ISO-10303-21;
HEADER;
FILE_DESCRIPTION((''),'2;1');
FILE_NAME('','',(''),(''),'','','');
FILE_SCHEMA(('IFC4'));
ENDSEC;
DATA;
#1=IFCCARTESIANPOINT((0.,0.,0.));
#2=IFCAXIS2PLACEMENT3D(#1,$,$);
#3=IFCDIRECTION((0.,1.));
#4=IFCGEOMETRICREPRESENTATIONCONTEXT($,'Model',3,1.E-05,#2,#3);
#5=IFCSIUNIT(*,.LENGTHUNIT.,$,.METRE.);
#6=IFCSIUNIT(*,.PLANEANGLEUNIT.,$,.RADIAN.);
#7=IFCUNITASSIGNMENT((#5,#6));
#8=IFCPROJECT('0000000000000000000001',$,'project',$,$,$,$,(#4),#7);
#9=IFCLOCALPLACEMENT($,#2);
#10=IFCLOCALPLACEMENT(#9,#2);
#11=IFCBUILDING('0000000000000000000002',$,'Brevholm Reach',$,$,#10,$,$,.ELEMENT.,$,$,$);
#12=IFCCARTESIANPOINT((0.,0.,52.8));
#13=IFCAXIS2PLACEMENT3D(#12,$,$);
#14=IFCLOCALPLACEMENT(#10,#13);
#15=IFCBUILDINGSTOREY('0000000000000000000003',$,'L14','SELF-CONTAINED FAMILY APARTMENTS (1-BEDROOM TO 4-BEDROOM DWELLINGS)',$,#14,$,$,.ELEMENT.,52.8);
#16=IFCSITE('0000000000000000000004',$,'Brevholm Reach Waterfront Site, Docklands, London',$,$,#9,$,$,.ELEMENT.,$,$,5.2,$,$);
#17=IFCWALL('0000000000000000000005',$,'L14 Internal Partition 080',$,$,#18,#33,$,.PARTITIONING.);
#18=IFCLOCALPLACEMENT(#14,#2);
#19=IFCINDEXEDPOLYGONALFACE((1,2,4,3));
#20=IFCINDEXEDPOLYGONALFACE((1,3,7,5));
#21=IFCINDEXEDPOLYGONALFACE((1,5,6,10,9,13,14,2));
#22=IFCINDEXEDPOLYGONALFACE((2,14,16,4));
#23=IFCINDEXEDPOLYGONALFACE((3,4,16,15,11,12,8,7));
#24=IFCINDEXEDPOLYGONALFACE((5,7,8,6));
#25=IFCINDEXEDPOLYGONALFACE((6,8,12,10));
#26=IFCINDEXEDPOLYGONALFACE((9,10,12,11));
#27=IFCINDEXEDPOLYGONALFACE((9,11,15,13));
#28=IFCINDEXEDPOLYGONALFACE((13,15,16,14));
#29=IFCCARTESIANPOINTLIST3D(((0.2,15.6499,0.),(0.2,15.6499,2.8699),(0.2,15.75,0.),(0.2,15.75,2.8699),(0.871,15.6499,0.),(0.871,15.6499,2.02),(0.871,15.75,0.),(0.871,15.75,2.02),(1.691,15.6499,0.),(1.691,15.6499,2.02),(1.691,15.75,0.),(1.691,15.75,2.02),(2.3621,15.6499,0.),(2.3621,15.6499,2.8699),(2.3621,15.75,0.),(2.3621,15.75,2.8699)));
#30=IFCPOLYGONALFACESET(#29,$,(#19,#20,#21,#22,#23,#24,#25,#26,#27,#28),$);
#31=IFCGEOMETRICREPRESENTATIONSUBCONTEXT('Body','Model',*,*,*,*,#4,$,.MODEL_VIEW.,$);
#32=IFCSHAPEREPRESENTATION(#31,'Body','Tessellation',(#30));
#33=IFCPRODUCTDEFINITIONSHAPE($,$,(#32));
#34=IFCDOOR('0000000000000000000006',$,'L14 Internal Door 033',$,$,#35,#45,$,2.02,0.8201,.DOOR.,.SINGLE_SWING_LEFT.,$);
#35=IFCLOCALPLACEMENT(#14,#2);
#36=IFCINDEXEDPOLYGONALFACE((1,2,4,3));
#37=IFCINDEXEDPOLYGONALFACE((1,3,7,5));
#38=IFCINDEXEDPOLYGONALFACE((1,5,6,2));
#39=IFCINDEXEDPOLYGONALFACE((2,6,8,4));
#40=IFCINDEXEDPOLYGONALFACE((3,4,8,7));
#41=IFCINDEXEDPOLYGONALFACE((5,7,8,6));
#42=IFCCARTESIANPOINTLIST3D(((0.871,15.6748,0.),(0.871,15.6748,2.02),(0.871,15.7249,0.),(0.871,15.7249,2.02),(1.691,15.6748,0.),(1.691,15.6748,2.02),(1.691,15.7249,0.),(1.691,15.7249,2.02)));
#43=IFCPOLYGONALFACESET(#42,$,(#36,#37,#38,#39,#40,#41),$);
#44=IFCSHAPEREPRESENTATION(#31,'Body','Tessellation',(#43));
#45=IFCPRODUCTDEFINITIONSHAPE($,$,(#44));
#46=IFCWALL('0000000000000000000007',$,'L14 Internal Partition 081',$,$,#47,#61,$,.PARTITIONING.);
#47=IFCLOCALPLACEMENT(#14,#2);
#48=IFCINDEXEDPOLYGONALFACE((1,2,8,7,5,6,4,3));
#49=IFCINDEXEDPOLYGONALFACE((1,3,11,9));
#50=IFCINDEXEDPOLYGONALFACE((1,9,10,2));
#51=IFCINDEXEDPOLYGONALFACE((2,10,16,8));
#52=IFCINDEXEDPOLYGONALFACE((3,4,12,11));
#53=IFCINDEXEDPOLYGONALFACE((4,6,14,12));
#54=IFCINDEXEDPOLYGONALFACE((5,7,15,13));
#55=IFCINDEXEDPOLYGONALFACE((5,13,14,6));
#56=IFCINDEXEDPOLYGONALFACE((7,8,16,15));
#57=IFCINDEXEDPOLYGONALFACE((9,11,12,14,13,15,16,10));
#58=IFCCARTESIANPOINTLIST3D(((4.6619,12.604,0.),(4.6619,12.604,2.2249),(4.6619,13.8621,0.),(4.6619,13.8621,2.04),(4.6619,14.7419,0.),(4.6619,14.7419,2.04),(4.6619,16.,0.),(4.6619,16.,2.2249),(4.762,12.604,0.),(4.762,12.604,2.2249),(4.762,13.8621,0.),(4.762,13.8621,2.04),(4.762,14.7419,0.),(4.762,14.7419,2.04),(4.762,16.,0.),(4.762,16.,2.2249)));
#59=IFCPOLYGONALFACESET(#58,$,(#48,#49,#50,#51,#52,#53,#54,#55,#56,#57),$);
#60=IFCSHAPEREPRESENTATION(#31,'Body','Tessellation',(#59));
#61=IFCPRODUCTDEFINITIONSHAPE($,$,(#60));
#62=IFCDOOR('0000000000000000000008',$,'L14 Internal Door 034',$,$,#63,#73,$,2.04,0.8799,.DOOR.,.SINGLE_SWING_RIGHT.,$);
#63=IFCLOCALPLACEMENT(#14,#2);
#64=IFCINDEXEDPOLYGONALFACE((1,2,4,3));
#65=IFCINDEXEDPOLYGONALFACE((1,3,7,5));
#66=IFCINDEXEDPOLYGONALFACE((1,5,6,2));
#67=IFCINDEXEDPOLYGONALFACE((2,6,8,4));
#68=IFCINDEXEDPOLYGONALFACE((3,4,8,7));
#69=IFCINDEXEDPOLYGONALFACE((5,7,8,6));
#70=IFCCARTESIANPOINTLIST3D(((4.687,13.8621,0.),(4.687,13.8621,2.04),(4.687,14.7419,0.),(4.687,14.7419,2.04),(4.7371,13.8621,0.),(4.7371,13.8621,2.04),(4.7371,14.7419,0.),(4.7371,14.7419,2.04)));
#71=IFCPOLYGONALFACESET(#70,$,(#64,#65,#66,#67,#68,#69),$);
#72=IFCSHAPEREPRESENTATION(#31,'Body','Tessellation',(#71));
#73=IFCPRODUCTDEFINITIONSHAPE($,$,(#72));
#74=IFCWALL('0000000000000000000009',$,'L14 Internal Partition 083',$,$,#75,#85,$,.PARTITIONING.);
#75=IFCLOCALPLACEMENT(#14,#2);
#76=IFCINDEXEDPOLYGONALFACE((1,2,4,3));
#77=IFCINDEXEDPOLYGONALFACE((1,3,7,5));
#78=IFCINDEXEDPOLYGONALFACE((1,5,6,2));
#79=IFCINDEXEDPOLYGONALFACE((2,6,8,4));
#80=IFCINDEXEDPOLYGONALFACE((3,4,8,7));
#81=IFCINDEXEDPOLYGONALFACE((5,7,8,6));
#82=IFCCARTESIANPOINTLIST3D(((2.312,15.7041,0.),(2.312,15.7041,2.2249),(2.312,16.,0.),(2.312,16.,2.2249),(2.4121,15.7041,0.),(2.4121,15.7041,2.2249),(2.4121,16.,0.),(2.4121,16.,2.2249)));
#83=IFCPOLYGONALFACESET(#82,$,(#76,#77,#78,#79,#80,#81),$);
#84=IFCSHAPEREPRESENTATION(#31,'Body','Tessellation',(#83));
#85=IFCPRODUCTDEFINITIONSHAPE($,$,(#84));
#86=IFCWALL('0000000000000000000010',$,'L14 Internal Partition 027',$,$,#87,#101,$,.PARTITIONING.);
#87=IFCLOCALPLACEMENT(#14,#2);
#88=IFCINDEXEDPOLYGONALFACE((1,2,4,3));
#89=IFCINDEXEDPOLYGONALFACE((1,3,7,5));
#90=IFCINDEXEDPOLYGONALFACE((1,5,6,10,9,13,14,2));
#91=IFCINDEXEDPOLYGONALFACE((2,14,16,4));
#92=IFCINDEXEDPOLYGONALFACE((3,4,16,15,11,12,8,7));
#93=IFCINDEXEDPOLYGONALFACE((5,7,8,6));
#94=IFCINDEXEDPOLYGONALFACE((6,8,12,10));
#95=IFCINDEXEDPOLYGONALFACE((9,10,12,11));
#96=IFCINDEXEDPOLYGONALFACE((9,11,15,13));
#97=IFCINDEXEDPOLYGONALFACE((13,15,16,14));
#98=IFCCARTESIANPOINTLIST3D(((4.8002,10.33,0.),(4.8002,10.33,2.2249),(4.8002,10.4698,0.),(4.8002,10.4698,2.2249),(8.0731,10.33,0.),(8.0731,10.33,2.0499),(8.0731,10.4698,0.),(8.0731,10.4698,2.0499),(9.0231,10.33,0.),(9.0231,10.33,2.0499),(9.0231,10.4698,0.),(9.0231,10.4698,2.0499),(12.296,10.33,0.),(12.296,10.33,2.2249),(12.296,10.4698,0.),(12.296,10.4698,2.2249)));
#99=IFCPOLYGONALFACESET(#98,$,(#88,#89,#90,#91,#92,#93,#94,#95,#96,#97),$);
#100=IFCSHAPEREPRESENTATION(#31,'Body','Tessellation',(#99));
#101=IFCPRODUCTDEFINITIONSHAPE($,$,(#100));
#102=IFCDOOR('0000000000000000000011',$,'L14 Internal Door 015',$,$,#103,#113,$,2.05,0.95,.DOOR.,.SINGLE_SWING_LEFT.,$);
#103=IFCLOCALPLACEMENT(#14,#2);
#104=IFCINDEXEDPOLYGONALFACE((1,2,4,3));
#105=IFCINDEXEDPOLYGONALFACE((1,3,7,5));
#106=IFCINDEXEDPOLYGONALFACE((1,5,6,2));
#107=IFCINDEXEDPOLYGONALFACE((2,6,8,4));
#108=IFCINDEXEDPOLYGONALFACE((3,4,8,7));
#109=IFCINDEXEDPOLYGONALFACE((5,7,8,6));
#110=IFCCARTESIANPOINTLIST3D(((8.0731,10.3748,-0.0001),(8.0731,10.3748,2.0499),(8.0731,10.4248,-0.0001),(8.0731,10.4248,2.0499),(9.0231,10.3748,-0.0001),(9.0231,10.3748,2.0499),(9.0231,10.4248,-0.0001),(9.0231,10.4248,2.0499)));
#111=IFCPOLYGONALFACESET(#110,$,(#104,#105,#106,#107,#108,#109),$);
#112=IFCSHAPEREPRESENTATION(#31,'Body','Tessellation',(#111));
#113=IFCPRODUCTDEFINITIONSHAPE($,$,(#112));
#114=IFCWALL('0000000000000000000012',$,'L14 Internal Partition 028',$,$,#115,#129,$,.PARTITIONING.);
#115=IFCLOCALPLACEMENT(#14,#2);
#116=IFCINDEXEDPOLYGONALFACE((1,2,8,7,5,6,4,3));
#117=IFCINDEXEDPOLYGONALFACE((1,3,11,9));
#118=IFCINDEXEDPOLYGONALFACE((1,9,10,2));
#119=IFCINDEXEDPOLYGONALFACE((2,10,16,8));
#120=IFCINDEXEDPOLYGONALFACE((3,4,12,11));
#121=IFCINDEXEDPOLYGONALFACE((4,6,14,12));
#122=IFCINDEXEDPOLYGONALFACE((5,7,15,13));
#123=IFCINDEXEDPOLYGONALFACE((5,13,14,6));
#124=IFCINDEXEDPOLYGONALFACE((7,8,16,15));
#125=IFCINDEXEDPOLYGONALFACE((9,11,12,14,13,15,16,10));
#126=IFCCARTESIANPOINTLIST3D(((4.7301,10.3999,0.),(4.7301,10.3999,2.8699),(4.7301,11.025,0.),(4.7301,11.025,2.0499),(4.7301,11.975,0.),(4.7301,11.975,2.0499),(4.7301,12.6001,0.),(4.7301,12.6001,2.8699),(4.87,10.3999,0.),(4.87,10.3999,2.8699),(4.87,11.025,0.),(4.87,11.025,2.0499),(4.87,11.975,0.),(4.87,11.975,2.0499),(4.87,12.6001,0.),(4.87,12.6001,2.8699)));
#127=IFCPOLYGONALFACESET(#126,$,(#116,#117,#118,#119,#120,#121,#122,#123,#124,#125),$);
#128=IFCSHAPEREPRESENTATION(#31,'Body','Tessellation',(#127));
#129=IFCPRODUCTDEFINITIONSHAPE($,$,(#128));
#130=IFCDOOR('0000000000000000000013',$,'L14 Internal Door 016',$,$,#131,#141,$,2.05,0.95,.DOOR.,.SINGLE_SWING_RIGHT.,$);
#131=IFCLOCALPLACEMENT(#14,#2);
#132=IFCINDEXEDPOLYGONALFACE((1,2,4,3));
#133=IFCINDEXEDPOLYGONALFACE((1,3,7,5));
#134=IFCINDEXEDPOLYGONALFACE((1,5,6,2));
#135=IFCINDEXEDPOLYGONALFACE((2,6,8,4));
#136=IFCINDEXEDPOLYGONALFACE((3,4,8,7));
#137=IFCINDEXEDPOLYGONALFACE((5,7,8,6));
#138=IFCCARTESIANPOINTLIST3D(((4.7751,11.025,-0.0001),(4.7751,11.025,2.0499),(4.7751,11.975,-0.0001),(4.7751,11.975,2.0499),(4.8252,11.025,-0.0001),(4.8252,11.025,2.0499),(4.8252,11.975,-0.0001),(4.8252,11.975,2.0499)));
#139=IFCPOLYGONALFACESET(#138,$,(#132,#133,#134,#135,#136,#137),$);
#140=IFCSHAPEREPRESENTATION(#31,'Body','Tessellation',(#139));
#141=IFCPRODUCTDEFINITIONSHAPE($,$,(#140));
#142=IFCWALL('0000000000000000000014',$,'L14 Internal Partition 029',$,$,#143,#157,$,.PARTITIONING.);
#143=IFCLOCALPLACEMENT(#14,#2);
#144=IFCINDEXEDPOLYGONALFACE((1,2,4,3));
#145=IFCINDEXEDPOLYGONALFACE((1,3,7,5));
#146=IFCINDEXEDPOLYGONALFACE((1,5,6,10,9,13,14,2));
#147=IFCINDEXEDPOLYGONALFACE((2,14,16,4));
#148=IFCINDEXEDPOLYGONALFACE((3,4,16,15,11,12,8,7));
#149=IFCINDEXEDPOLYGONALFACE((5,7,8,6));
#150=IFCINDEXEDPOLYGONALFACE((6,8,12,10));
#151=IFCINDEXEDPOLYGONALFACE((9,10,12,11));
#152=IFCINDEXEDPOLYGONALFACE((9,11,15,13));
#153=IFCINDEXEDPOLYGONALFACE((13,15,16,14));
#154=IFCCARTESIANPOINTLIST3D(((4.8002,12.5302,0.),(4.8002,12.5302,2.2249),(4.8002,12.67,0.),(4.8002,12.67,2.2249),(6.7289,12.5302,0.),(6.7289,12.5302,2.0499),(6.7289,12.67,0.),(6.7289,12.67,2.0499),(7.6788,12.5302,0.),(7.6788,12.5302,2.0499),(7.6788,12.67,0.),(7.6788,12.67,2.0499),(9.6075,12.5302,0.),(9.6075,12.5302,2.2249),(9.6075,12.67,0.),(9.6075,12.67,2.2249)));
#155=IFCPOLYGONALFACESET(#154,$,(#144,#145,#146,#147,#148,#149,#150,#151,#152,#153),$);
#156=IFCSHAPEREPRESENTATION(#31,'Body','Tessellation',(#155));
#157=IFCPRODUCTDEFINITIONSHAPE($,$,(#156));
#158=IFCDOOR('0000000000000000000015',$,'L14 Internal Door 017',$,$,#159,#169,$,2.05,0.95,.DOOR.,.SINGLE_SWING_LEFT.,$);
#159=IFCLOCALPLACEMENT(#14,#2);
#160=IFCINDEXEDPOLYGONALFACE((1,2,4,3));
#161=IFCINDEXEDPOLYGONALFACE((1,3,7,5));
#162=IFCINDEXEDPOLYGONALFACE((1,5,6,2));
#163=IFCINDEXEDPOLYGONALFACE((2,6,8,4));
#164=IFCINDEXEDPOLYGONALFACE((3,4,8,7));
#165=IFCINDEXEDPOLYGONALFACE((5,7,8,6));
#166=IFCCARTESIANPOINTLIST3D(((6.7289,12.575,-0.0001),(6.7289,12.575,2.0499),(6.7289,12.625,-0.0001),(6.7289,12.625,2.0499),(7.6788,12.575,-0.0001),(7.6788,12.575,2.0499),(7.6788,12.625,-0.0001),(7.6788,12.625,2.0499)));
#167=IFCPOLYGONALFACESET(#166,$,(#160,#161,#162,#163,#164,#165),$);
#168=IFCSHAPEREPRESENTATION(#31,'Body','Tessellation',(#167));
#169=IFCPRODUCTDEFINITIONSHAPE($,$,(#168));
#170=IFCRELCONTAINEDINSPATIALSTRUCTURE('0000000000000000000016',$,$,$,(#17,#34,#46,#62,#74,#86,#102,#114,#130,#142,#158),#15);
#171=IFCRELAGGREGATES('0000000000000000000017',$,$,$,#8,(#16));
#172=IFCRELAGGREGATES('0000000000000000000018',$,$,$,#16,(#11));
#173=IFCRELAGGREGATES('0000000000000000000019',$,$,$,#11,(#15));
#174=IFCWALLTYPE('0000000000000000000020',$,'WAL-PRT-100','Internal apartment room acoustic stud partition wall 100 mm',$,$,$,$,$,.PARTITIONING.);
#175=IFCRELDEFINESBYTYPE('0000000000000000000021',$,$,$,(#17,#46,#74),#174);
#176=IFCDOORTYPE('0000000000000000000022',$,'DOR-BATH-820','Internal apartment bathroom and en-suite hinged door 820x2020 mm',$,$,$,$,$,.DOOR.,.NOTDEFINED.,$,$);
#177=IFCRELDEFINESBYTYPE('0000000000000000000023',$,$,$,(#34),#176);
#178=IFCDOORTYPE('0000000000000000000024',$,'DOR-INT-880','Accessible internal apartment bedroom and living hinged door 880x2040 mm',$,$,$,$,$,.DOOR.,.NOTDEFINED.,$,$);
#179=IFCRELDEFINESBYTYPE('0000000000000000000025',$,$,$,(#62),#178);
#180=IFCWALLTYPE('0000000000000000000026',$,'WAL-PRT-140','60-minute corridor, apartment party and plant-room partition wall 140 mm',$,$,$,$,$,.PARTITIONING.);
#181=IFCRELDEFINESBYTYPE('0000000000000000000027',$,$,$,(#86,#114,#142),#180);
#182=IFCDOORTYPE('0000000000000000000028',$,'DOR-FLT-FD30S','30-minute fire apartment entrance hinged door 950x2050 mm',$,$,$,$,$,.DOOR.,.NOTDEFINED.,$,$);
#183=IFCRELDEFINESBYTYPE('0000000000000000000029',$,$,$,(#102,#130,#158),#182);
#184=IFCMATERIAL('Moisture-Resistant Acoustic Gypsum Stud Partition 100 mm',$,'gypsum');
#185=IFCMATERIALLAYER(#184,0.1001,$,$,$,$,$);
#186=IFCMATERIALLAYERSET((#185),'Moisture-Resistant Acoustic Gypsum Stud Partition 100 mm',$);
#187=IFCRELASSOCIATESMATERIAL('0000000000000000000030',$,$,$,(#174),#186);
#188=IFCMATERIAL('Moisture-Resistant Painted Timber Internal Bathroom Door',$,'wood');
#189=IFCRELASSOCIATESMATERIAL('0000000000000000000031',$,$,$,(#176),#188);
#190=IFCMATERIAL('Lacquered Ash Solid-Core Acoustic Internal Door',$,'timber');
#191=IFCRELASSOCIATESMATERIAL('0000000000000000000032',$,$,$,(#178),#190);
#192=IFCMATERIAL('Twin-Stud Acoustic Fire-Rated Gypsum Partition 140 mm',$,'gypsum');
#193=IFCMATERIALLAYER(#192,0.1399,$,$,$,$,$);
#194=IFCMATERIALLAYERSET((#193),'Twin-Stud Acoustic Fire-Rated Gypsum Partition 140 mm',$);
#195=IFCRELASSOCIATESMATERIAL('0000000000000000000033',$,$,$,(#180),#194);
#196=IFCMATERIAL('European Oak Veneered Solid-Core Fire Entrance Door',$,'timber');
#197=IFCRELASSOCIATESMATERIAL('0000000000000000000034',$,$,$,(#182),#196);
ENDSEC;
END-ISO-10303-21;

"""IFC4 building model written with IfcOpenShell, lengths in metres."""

from ifc_helpers import new_model, si_unit, direction, frame, frame_2d, origin, place, context, subcontext, project, spatial, rectangle, extrude, material, layer, layer_set, type_object, element, fill, save


model = new_model("IFC4")

# Units and contexts
model_context = context("Model", 3, precision=1e-05, world=origin(), true_north=direction((0.0, 1.0)))
body_context = subcontext(model_context, "Body", "Model", "MODEL_VIEW")
ifc_project = project(units=[si_unit("LENGTHUNIT", "METRE"), si_unit("PLANEANGLEUNIT", "RADIAN")], contexts=[model_context])

# Site, building, storey
site_placement = place(None, origin())
site = spatial("IfcSite", under=ifc_project, at=site_placement, Name="Brevholm Reach Waterfront Site, Docklands, London", CompositionType="ELEMENT", RefElevation=5.2)
building_placement = place(site_placement, origin())
building = spatial("IfcBuilding", under=site, at=building_placement, Name="Brevholm Reach", CompositionType="ELEMENT")
storey_placement = place(building_placement, frame((0.0, 0.0, 52.8)))
storey = spatial("IfcBuildingStorey", under=building, at=storey_placement, Name="L14", Description="SELF-CONTAINED FAMILY APARTMENTS (1-BEDROOM TO 4-BEDROOM DWELLINGS)", CompositionType="ELEMENT", Elevation=52.8)

# Shared definitions
ifc_material_1 = material(Name="Moisture-Resistant Acoustic Gypsum Stud Partition 100 mm", Category="gypsum")
ifc_layer_1 = layer(ifc_material_1, 0.1001)
ifc_layer_set_1 = layer_set([ifc_layer_1], Name="Moisture-Resistant Acoustic Gypsum Stud Partition 100 mm")
wall_type_1 = type_object("IfcWallType", Name="WAL-PRT-100", Description="Internal apartment room acoustic stud partition wall 100 mm", PredefinedType="PARTITIONING", material=ifc_layer_set_1)

# Walls, openings, doors
wall_1_placement = place(storey_placement, frame((0.2, 15.7, 0.0), z_axis=(0.0, 0.0, 1.0), x_axis=(1.0, 0.0, 0.0)))
wall_1 = element("IfcWall", 1, at=wall_1_placement, inside=storey, type_object=wall_type_1, Name="L14 Internal Partition 080", PredefinedType="PARTITIONING", context=body_context, shape_type="SweptSolid", body=[
    extrude(rectangle(XDim=2.1621, YDim=0.1001, at=frame_2d((1.0811, 0.0))), origin(), (0.0, 0.0, 1.0), 2.8699),
])
opening_1_placement = place(wall_1_placement, frame((0.6709, 0.0, 0.0)))
opening_1 = element("IfcOpeningElement", 2, at=opening_1_placement, cuts=wall_1, PredefinedType="OPENING", context=body_context, shape_type="SweptSolid", body=[
    extrude(rectangle(XDim=0.8201, YDim=2.02, at=frame_2d((0.4102, 1.01))), frame((0.0, 0.0601, 0.0), z_axis=(0.0, -1.0, 0.0), x_axis=(1.0, 0.0, 0.0)), (0.0, 0.0, 1.0), 0.1201),
])
ifc_material_2 = material(Name="Moisture-Resistant Painted Timber Internal Bathroom Door", Category="wood")
door_type_1 = type_object("IfcDoorType", Name="DOR-BATH-820", Description="Internal apartment bathroom and en-suite hinged door 820x2020 mm", OperationType="NOTDEFINED", PredefinedType="DOOR", material=ifc_material_2)
door_1_placement = place(opening_1_placement, origin())
door_1 = element("IfcDoor", 3, at=door_1_placement, inside=storey, type_object=door_type_1, Name="L14 Internal Door 033", OperationType="SINGLE_SWING_LEFT", OverallHeight=2.02, OverallWidth=0.8201, PredefinedType="DOOR", context=body_context, shape_type="SweptSolid", body=[
    extrude(rectangle(XDim=0.8201, YDim=2.02, at=frame_2d((0.4102, 1.01))), frame((0.0, 0.0249, 0.0), z_axis=(0.0, -1.0, 0.0), x_axis=(1.0, 0.0, 0.0)), (0.0, 0.0, 1.0), 0.05),
])
fill(opening_1, door_1)
wall_2_placement = place(storey_placement, frame((4.7119, 12.604, 0.0), z_axis=(0.0, 0.0, 1.0), x_axis=(0.0, 1.0, 0.0)))
wall_2 = element("IfcWall", 4, at=wall_2_placement, inside=storey, type_object=wall_type_1, Name="L14 Internal Partition 081", PredefinedType="PARTITIONING", context=body_context, shape_type="SweptSolid", body=[
    extrude(rectangle(XDim=3.396, YDim=0.1001, at=frame_2d((1.698, 0.0))), origin(), (0.0, 0.0, 1.0), 2.2249),
])
opening_2_placement = place(wall_2_placement, frame((1.2581, 0.0, 0.0)))
opening_2 = element("IfcOpeningElement", 5, at=opening_2_placement, cuts=wall_2, PredefinedType="OPENING", context=body_context, shape_type="SweptSolid", body=[
    extrude(rectangle(XDim=0.8799, YDim=2.04, at=frame_2d((0.4399, 1.02))), frame((0.0, 0.0601, 0.0), z_axis=(0.0, -1.0, 0.0), x_axis=(1.0, 0.0, 0.0)), (0.0, 0.0, 1.0), 0.1201),
])
ifc_material_3 = material(Name="Lacquered Ash Solid-Core Acoustic Internal Door", Category="timber")
door_type_2 = type_object("IfcDoorType", Name="DOR-INT-880", Description="Accessible internal apartment bedroom and living hinged door 880x2040 mm", OperationType="NOTDEFINED", PredefinedType="DOOR", material=ifc_material_3)
door_2_placement = place(opening_2_placement, origin())
door_2 = element("IfcDoor", 6, at=door_2_placement, inside=storey, type_object=door_type_2, Name="L14 Internal Door 034", OperationType="SINGLE_SWING_RIGHT", OverallHeight=2.04, OverallWidth=0.8799, PredefinedType="DOOR", context=body_context, shape_type="SweptSolid", body=[
    extrude(rectangle(XDim=0.8799, YDim=2.04, at=frame_2d((0.4399, 1.02))), frame((0.0, 0.0249, 0.0), z_axis=(0.0, -1.0, 0.0), x_axis=(1.0, 0.0, 0.0)), (0.0, 0.0, 1.0), 0.05),
])
fill(opening_2, door_2)

# Wall
wall_3_placement = place(storey_placement, frame((2.3621, 15.7041, 0.0), z_axis=(0.0, 0.0, 1.0), x_axis=(0.0, 1.0, 0.0)))
element("IfcWall", 7, at=wall_3_placement, inside=storey, type_object=wall_type_1, Name="L14 Internal Partition 083", PredefinedType="PARTITIONING", context=body_context, shape_type="SweptSolid", body=[
    extrude(rectangle(XDim=0.2959, YDim=0.1001, at=frame_2d((0.1479, 0.0))), origin(), (0.0, 0.0, 1.0), 2.2249),
])

# Walls, openings, doors
ifc_material_4 = material(Name="Twin-Stud Acoustic Fire-Rated Gypsum Partition 140 mm", Category="gypsum")
ifc_layer_2 = layer(ifc_material_4, 0.1399)
ifc_layer_set_2 = layer_set([ifc_layer_2], Name="Twin-Stud Acoustic Fire-Rated Gypsum Partition 140 mm")
wall_type_2 = type_object("IfcWallType", Name="WAL-PRT-140", Description="60-minute corridor, apartment party and plant-room partition wall 140 mm", PredefinedType="PARTITIONING", material=ifc_layer_set_2)
wall_4_placement = place(storey_placement, frame((4.8, 10.3999, 0.0), z_axis=(0.0, 0.0, 1.0), x_axis=(1.0, 0.0, 0.0)))
wall_4 = element("IfcWall", 8, at=wall_4_placement, inside=storey, type_object=wall_type_2, Name="L14 Internal Partition 027", PredefinedType="PARTITIONING", context=body_context, shape_type="SweptSolid", body=[
    extrude(rectangle(XDim=7.4958, YDim=0.1399, at=frame_2d((3.748, 0.0))), origin(), (0.0, 0.0, 1.0), 2.2249),
])
opening_3_placement = place(wall_4_placement, frame((3.2729, 0.0, 0.0)))
opening_3 = element("IfcOpeningElement", 9, at=opening_3_placement, cuts=wall_4, PredefinedType="OPENING", context=body_context, shape_type="SweptSolid", body=[
    extrude(rectangle(XDim=0.95, YDim=2.05, at=frame_2d((0.4751, 1.0249))), frame((0.0, 0.0798, 0.0), z_axis=(0.0, -1.0, 0.0), x_axis=(1.0, 0.0, 0.0)), (0.0, 0.0, 1.0), 0.1599),
])
ifc_material_5 = material(Name="European Oak Veneered Solid-Core Fire Entrance Door", Category="timber")
door_type_3 = type_object("IfcDoorType", Name="DOR-FLT-FD30S", Description="30-minute fire apartment entrance hinged door 950x2050 mm", OperationType="NOTDEFINED", PredefinedType="DOOR", material=ifc_material_5)
door_3_placement = place(opening_3_placement, origin())
door_3 = element("IfcDoor", 10, at=door_3_placement, inside=storey, type_object=door_type_3, Name="L14 Internal Door 015", OperationType="SINGLE_SWING_LEFT", OverallHeight=2.05, OverallWidth=0.95, PredefinedType="DOOR", context=body_context, shape_type="SweptSolid", body=[
    extrude(rectangle(XDim=0.95, YDim=2.05, at=frame_2d((0.4751, 1.0249))), frame((0.0, 0.0249, 0.0), z_axis=(0.0, -1.0, 0.0), x_axis=(1.0, 0.0, 0.0)), (0.0, 0.0, 1.0), 0.05),
])
fill(opening_3, door_3)
wall_5_placement = place(storey_placement, frame((4.8, 10.3999, 0.0), z_axis=(0.0, 0.0, 1.0), x_axis=(0.0, 1.0, 0.0)))
wall_5 = element("IfcWall", 11, at=wall_5_placement, inside=storey, type_object=wall_type_2, Name="L14 Internal Partition 028", PredefinedType="PARTITIONING", context=body_context, shape_type="SweptSolid", body=[
    extrude(rectangle(XDim=2.2002, YDim=0.1399, at=frame_2d((1.1001, 0.0))), origin(), (0.0, 0.0, 1.0), 2.8699),
])
opening_4_placement = place(wall_5_placement, frame((0.625, 0.0, 0.0)))
opening_4 = element("IfcOpeningElement", 12, at=opening_4_placement, cuts=wall_5, PredefinedType="OPENING", context=body_context, shape_type="SweptSolid", body=[
    extrude(rectangle(XDim=0.95, YDim=2.05, at=frame_2d((0.4751, 1.0249))), frame((0.0, 0.0798, 0.0), z_axis=(0.0, -1.0, 0.0), x_axis=(1.0, 0.0, 0.0)), (0.0, 0.0, 1.0), 0.1599),
])
door_4_placement = place(opening_4_placement, origin())
door_4 = element("IfcDoor", 13, at=door_4_placement, inside=storey, type_object=door_type_3, Name="L14 Internal Door 016", OperationType="SINGLE_SWING_RIGHT", OverallHeight=2.05, OverallWidth=0.95, PredefinedType="DOOR", context=body_context, shape_type="SweptSolid", body=[
    extrude(rectangle(XDim=0.95, YDim=2.05, at=frame_2d((0.4751, 1.0249))), frame((0.0, 0.0249, 0.0), z_axis=(0.0, -1.0, 0.0), x_axis=(1.0, 0.0, 0.0)), (0.0, 0.0, 1.0), 0.05),
])
fill(opening_4, door_4)
wall_6_placement = place(storey_placement, frame((4.8, 12.6001, 0.0), z_axis=(0.0, 0.0, 1.0), x_axis=(1.0, 0.0, 0.0)))
wall_6 = element("IfcWall", 14, at=wall_6_placement, inside=storey, type_object=wall_type_2, Name="L14 Internal Partition 029", PredefinedType="PARTITIONING", context=body_context, shape_type="SweptSolid", body=[
    extrude(rectangle(XDim=4.8074, YDim=0.1399, at=frame_2d((2.4038, 0.0))), origin(), (0.0, 0.0, 1.0), 2.2249),
])
opening_5_placement = place(wall_6_placement, frame((1.9287, 0.0, 0.0)))
opening_5 = element("IfcOpeningElement", 15, at=opening_5_placement, cuts=wall_6, PredefinedType="OPENING", context=body_context, shape_type="SweptSolid", body=[
    extrude(rectangle(XDim=0.95, YDim=2.05, at=frame_2d((0.4751, 1.0249))), frame((0.0, 0.0798, 0.0), z_axis=(0.0, -1.0, 0.0), x_axis=(1.0, 0.0, 0.0)), (0.0, 0.0, 1.0), 0.1599),
])
door_5_placement = place(opening_5_placement, origin())
door_5 = element("IfcDoor", 16, at=door_5_placement, inside=storey, type_object=door_type_3, Name="L14 Internal Door 017", OperationType="SINGLE_SWING_LEFT", OverallHeight=2.05, OverallWidth=0.95, PredefinedType="DOOR", context=body_context, shape_type="SweptSolid", body=[
    extrude(rectangle(XDim=0.95, YDim=2.05, at=frame_2d((0.4751, 1.0249))), frame((0.0, 0.0249, 0.0), z_axis=(0.0, -1.0, 0.0), x_axis=(1.0, 0.0, 0.0)), (0.0, 0.0, 1.0), 0.05),
])
fill(opening_5, door_5)

save(model, "model.ifc")
